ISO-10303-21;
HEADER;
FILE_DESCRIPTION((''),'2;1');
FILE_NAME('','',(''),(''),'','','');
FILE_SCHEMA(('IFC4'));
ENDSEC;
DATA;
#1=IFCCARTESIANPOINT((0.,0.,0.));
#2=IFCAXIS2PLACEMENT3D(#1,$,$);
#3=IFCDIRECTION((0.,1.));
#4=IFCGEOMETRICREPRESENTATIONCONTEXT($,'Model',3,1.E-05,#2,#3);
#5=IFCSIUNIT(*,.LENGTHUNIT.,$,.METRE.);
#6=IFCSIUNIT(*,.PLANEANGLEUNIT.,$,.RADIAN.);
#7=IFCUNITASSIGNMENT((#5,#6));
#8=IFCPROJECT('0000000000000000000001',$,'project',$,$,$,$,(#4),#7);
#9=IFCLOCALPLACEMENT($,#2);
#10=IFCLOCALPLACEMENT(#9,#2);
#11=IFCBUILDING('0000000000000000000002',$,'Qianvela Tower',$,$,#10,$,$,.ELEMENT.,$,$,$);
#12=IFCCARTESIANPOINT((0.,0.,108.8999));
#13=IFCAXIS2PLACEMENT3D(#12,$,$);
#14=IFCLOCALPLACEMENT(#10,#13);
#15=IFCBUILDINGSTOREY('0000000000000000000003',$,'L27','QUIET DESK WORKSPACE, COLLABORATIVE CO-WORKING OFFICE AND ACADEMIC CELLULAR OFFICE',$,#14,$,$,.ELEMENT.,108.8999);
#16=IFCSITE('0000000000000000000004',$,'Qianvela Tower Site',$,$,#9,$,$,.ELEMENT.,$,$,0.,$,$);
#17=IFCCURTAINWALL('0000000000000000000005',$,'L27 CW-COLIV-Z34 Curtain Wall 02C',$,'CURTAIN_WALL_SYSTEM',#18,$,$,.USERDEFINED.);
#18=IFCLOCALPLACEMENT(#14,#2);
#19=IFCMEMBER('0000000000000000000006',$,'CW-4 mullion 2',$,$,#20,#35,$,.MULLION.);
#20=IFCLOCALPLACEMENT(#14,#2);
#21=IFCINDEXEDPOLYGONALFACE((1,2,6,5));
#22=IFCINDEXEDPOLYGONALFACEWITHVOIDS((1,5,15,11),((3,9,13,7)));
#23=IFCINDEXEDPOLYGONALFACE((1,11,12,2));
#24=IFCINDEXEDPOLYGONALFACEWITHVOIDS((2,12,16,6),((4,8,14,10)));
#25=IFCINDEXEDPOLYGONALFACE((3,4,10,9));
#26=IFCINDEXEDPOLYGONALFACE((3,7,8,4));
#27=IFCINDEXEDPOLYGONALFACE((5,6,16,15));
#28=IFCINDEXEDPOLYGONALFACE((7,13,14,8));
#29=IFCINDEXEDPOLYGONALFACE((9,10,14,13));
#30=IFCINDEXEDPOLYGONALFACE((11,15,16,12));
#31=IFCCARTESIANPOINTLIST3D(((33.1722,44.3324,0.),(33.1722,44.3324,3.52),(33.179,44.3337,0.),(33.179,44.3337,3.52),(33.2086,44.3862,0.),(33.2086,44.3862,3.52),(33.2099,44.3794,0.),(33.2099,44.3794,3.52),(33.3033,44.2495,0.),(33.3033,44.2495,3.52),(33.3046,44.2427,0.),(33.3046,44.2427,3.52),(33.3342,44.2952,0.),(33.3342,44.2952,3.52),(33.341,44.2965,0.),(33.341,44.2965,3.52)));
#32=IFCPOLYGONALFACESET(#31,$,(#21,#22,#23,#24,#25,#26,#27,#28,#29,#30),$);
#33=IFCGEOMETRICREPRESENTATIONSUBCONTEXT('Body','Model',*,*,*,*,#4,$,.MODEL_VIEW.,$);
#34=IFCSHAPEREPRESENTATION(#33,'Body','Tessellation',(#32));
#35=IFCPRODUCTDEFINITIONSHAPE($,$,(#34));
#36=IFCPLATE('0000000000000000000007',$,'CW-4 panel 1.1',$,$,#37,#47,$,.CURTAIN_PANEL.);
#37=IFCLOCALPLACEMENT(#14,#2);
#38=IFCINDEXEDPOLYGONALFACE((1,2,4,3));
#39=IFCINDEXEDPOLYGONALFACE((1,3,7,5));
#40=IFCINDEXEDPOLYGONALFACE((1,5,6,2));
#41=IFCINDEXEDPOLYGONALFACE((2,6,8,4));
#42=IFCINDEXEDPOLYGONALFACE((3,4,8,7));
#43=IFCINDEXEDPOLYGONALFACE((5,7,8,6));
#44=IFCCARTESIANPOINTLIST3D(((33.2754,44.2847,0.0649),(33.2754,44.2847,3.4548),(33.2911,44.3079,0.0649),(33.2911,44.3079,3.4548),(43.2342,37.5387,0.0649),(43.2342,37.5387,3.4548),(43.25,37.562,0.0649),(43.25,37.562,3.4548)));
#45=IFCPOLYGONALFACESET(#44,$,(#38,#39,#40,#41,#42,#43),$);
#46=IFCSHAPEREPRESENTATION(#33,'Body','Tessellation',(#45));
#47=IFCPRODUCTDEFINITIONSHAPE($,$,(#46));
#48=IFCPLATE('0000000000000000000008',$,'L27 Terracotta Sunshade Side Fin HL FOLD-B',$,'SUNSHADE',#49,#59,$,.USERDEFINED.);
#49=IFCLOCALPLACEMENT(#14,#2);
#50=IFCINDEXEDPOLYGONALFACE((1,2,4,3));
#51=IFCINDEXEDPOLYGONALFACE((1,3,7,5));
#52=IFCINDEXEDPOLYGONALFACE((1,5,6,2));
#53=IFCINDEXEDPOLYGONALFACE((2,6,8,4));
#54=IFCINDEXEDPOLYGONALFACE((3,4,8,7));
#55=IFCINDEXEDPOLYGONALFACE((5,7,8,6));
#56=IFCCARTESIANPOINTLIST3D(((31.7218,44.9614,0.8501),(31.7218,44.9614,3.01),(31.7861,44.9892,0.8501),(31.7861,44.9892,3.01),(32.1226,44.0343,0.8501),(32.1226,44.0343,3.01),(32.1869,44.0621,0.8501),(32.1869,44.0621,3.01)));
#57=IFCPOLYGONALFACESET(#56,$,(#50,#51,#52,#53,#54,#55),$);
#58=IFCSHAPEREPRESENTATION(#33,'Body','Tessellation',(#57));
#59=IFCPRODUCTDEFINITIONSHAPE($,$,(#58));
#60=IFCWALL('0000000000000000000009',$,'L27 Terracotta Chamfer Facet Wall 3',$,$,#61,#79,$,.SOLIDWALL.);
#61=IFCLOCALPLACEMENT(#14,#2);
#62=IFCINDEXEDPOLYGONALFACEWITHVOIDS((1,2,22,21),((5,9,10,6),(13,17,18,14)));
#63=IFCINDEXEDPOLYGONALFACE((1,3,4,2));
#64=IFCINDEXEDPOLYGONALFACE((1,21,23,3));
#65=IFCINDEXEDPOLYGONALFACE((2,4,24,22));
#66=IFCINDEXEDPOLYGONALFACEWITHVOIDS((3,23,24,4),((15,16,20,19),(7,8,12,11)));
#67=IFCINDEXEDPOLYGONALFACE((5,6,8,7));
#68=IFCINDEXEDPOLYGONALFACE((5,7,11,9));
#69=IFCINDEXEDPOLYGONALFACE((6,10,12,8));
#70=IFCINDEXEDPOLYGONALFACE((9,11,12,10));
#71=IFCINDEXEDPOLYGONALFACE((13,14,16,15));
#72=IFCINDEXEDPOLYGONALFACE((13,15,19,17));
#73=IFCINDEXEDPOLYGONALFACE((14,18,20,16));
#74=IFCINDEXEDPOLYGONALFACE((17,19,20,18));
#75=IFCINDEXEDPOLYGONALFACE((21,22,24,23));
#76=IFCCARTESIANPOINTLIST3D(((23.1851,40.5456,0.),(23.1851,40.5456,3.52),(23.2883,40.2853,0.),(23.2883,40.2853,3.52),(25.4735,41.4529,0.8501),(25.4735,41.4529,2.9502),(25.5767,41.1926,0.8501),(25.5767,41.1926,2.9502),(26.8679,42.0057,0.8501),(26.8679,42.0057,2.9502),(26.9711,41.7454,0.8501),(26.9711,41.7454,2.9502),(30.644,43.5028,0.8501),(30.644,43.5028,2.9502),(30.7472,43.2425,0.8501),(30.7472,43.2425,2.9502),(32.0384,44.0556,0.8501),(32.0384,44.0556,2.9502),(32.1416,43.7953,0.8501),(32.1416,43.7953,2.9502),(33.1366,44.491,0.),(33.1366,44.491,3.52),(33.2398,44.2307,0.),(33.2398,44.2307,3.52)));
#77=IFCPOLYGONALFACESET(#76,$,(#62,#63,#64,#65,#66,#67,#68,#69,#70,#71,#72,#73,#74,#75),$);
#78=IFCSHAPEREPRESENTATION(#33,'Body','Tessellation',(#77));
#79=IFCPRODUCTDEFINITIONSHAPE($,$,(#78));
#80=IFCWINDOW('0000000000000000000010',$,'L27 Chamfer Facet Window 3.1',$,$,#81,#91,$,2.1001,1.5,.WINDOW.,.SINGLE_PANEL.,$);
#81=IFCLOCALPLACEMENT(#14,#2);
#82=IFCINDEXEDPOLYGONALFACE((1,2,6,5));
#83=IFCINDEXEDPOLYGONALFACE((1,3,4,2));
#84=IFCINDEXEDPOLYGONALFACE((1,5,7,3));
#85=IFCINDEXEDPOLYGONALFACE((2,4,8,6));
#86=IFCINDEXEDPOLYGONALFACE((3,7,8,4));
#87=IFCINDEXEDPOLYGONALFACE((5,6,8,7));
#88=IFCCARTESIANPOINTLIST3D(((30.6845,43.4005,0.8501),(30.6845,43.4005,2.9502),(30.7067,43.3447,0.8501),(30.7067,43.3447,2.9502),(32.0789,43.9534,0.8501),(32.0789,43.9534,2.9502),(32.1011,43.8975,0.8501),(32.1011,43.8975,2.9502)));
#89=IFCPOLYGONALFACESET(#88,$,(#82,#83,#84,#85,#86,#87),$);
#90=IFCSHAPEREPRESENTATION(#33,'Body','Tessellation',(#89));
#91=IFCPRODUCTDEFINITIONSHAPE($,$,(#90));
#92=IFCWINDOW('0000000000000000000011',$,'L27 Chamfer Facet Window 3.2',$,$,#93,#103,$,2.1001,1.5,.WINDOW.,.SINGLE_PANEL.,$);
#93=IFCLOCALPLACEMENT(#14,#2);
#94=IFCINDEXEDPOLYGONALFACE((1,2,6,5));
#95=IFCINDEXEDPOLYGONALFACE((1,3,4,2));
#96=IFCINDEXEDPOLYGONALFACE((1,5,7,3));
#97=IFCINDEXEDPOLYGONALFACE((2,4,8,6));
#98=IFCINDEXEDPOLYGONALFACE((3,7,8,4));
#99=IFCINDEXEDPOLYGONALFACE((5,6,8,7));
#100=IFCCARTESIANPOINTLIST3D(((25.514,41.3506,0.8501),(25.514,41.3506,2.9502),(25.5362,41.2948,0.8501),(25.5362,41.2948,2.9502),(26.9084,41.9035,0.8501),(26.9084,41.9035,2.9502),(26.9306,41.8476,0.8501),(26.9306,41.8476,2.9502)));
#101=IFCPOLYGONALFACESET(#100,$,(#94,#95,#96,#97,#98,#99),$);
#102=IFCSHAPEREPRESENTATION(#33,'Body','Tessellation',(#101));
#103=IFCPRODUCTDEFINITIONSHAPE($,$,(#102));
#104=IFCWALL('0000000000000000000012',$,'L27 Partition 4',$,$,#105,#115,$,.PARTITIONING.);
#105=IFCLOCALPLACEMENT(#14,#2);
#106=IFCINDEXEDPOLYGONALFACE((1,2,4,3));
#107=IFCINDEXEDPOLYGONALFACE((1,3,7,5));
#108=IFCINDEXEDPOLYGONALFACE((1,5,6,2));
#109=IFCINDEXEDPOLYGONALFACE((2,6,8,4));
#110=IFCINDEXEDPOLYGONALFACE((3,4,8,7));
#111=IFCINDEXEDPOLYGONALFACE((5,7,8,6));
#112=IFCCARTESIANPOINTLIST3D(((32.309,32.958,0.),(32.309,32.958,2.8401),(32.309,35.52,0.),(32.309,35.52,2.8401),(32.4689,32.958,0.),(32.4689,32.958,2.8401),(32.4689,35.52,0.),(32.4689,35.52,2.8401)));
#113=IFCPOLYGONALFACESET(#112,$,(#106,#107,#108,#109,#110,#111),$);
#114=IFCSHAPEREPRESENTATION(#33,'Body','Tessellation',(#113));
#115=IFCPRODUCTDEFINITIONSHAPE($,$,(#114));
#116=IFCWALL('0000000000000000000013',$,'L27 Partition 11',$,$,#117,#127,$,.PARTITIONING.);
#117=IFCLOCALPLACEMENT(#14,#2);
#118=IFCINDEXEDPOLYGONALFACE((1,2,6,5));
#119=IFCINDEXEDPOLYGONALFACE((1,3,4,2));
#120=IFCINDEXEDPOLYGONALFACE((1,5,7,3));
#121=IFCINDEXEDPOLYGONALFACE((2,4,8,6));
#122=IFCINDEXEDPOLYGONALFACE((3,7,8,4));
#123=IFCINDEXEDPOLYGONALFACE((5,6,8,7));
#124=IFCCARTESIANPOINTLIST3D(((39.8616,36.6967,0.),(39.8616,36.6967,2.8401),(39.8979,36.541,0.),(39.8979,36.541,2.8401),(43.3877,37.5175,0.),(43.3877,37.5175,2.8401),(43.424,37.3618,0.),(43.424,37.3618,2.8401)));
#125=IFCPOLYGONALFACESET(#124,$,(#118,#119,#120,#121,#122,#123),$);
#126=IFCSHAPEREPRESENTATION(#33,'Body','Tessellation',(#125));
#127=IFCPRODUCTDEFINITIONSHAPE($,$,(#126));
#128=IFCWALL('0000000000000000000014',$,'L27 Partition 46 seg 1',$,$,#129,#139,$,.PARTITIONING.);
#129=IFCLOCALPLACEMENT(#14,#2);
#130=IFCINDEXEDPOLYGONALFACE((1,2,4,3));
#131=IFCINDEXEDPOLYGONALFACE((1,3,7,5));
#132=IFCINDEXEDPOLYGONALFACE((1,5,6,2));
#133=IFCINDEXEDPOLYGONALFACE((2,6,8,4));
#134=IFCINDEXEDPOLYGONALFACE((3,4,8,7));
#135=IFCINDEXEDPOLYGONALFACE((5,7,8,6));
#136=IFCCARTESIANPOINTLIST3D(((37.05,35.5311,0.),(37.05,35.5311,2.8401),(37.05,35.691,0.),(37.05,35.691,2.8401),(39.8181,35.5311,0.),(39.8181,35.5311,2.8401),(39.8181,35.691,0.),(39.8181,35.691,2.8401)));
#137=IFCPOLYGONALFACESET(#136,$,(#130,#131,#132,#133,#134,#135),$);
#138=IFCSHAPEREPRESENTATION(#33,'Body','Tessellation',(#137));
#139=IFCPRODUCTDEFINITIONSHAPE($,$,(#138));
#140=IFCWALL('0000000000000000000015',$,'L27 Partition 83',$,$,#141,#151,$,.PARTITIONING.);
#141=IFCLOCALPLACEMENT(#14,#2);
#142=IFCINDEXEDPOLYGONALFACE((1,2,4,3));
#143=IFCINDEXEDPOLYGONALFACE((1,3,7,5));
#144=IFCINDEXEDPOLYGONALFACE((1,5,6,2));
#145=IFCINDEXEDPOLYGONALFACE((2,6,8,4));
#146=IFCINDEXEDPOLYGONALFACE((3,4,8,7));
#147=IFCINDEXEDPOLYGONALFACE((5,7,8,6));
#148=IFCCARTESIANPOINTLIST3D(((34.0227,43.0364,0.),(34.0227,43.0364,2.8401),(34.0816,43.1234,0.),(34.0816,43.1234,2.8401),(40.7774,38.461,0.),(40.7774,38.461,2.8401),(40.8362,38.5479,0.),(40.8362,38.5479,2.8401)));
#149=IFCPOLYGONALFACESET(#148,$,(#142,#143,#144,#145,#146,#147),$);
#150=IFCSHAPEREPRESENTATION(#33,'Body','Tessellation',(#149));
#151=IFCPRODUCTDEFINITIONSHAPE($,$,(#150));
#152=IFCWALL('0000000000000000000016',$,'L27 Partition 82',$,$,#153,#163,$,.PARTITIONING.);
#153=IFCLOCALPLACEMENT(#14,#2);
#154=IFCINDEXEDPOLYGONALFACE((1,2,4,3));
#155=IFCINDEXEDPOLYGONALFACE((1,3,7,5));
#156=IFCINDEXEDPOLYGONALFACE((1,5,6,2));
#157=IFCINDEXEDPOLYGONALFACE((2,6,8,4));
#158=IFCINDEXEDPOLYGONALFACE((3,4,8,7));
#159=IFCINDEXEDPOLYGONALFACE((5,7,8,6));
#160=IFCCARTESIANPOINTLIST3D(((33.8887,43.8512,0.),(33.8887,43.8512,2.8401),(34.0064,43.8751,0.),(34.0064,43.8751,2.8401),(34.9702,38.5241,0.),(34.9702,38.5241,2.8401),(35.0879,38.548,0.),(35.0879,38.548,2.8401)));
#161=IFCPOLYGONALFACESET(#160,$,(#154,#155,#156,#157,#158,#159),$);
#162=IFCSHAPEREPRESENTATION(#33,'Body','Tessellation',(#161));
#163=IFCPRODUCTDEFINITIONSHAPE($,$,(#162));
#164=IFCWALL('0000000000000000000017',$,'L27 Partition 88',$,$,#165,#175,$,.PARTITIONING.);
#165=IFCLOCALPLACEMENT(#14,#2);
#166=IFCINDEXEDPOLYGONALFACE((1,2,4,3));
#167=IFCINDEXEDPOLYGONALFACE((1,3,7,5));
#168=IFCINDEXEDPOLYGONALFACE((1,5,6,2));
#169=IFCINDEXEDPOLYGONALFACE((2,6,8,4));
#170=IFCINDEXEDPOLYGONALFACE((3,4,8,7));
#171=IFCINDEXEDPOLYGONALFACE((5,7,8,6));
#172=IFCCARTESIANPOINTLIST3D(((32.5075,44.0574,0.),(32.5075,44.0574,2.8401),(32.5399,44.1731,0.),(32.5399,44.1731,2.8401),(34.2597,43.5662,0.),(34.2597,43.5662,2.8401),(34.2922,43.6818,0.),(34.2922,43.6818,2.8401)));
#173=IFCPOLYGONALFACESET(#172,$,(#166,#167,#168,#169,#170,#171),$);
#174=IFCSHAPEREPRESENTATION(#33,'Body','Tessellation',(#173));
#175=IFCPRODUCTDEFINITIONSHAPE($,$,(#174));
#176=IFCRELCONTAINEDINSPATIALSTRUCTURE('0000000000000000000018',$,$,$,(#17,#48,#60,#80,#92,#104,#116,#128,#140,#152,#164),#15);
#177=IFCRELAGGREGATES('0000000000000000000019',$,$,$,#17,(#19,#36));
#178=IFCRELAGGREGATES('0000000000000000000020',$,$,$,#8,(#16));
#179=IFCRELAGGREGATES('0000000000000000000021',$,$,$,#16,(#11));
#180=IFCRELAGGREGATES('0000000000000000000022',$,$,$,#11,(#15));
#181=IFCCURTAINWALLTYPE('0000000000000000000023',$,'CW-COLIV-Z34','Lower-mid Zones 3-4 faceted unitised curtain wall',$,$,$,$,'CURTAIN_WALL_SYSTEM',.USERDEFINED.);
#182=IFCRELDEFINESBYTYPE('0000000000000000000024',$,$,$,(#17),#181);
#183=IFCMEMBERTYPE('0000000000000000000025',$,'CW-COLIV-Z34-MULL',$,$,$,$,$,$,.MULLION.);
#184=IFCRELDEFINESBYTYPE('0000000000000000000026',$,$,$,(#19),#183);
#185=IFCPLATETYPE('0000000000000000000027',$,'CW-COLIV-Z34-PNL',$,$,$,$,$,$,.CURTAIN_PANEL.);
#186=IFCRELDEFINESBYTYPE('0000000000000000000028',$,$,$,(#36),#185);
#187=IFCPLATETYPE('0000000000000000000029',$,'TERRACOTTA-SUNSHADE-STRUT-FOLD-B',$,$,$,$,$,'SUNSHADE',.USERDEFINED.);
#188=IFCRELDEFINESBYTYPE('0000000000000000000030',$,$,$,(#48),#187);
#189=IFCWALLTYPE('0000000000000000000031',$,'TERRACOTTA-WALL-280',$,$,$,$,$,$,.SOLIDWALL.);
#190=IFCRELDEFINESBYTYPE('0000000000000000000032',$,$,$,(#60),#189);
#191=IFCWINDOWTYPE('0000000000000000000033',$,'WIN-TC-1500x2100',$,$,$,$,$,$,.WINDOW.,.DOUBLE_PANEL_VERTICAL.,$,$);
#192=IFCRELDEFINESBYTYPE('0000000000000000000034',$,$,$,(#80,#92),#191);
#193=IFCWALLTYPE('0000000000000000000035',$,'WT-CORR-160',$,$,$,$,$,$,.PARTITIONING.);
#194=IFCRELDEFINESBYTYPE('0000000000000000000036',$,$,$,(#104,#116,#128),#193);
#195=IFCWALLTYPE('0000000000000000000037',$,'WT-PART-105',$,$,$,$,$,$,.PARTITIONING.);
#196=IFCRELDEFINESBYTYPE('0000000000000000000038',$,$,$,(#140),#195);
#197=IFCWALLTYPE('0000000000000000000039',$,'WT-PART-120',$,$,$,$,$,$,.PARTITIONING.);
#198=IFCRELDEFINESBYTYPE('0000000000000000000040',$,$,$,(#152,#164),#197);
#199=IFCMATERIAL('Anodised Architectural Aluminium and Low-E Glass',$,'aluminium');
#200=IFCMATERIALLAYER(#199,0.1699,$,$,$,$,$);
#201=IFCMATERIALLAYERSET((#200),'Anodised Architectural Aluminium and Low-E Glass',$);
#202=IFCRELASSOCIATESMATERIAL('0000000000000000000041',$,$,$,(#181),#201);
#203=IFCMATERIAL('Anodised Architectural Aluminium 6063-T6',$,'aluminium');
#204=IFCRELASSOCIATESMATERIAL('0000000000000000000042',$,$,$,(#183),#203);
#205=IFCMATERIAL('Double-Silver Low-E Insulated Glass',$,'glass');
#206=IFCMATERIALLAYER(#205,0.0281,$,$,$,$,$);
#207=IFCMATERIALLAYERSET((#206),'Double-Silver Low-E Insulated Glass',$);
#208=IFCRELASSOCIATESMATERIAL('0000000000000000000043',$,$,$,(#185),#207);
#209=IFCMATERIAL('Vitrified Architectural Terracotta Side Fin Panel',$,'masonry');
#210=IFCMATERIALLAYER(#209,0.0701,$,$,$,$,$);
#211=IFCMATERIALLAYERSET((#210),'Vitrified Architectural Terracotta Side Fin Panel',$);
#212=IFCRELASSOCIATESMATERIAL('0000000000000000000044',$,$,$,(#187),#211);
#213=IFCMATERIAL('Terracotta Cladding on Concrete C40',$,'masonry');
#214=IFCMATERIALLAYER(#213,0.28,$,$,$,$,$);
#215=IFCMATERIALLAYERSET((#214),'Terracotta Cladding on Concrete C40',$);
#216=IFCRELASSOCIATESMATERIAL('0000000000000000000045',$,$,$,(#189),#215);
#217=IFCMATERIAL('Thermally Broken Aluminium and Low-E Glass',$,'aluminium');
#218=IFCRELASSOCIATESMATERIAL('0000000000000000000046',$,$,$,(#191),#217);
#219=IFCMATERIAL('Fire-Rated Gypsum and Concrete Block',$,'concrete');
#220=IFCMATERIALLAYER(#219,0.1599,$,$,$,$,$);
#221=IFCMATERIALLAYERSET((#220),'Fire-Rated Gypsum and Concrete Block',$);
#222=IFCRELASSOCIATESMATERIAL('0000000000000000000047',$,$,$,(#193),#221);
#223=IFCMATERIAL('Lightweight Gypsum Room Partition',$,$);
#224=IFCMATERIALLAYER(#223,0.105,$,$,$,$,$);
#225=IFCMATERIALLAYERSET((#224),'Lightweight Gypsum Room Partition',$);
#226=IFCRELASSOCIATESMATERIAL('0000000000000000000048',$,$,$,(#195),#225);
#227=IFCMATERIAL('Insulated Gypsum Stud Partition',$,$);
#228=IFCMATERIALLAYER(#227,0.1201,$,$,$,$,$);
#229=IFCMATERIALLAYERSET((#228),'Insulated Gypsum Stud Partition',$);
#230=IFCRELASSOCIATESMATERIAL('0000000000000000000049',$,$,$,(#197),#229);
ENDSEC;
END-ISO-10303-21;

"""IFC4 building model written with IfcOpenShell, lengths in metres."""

from ifc_helpers import new_model, si_unit, direction, frame, frame_2d, origin, origin_2d, place, context, subcontext, project, spatial, rectangle, hollow_rectangle, extrude, material, layer, layer_set, material_profile, profile_set, type_object, element, fill, aggregate, save


model = new_model("IFC4")

# Units and contexts
model_context = context("Model", 3, precision=1e-05, world=origin(), true_north=direction((0.0, 1.0)))
body_context = subcontext(model_context, "Body", "Model", "MODEL_VIEW")
ifc_project = project(units=[si_unit("LENGTHUNIT", "METRE"), si_unit("PLANEANGLEUNIT", "RADIAN")], contexts=[model_context])

# Site, building, storey
site_placement = place(None, origin())
site = spatial("IfcSite", under=ifc_project, at=site_placement, Name="Qianvela Tower Site", CompositionType="ELEMENT", RefElevation=0.0)
building_placement = place(site_placement, origin())
building = spatial("IfcBuilding", under=site, at=building_placement, Name="Qianvela Tower", CompositionType="ELEMENT")
storey_placement = place(building_placement, frame((0.0, 0.0, 108.8999)))
storey = spatial("IfcBuildingStorey", under=building, at=storey_placement, Name="L27", Description="QUIET DESK WORKSPACE, COLLABORATIVE CO-WORKING OFFICE AND ACADEMIC CELLULAR OFFICE", CompositionType="ELEMENT", Elevation=108.8999)

# Curtain wall, member, plate
ifc_material_1 = material(Name="Anodised Architectural Aluminium and Low-E Glass", Category="aluminium")
ifc_layer_1 = layer(ifc_material_1, 0.1699)
ifc_layer_set_1 = layer_set([ifc_layer_1], Name="Anodised Architectural Aluminium and Low-E Glass")
curtain_wall_type = type_object("IfcCurtainWallType", Name="CW-COLIV-Z34", Description="Lower-mid Zones 3-4 faceted unitised curtain wall", ElementType="CURTAIN_WALL_SYSTEM", PredefinedType="USERDEFINED", material=ifc_layer_set_1)
curtain_wall_placement = place(storey_placement, origin())
curtain_wall = element("IfcCurtainWall", 1, at=curtain_wall_placement, inside=storey, type_object=curtain_wall_type, Name="L27 CW-COLIV-Z34 Curtain Wall 02C", ObjectType="CURTAIN_WALL_SYSTEM", PredefinedType="USERDEFINED")
ifc_material_2 = material(Name="Anodised Architectural Aluminium 6063-T6", Category="aluminium")
ifc_material_profile = material_profile(ifc_material_2, hollow_rectangle(XDim=0.0649, YDim=0.1599, WallThickness=0.0049, at=origin_2d()), Name="ALU-MULL-65x160")
ifc_profile_set = profile_set([ifc_material_profile], Name="Anodised Architectural Aluminium 6063-T6")
member_type = type_object("IfcMemberType", Name="CW-COLIV-Z34-MULL", PredefinedType="MULLION", material=ifc_profile_set)
member_placement = place(storey_placement, frame((33.2566, 44.3145, 0.0), z_axis=(0.0, 0.0, 1.0), x_axis=(-0.560827, -0.827933, 0.0)))
member = element("IfcMember", 2, at=member_placement, type_object=member_type, Name="CW-4 mullion 2", PredefinedType="MULLION", context=body_context, shape_type="SweptSolid", body=[
    extrude(hollow_rectangle(XDim=0.0649, YDim=0.1599, WallThickness=0.0049, at=origin_2d()), origin(), (0.0, 0.0, 1.0), 3.52),
])
ifc_material_3 = material(Name="Double-Silver Low-E Insulated Glass", Category="glass")
ifc_layer_2 = layer(ifc_material_3, 0.0281)
ifc_layer_set_2 = layer_set([ifc_layer_2], Name="Double-Silver Low-E Insulated Glass")
plate_type_1 = type_object("IfcPlateType", Name="CW-COLIV-Z34-PNL", PredefinedType="CURTAIN_PANEL", material=ifc_layer_set_2)
plate_1_placement = place(storey_placement, frame((38.2627, 40.9233, 0.0649), z_axis=(0.0, 0.0, 1.0), x_axis=(-0.827933, 0.560827, 0.0)))
plate_1 = element("IfcPlate", 3, at=plate_1_placement, type_object=plate_type_1, Name="CW-4 panel 1.1", PredefinedType="CURTAIN_PANEL", context=body_context, shape_type="SweptSolid", body=[
    extrude(rectangle(XDim=12.0286, YDim=0.0281, at=origin_2d()), origin(), (0.0, 0.0, 1.0), 3.3899),
])
aggregate(curtain_wall, [member, plate_1])

# Plate
ifc_material_4 = material(Name="Vitrified Architectural Terracotta Side Fin Panel", Category="masonry")
ifc_layer_3 = layer(ifc_material_4, 0.0701)
ifc_layer_set_3 = layer_set([ifc_layer_3], Name="Vitrified Architectural Terracotta Side Fin Panel")
plate_type_2 = type_object("IfcPlateType", Name="TERRACOTTA-SUNSHADE-STRUT-FOLD-B", ElementType="SUNSHADE", PredefinedType="USERDEFINED", material=ifc_layer_set_3)
plate_2_placement = place(storey_placement, frame((31.9543, 44.5117, 0.8501), z_axis=(0.0, 0.0, 1.0), x_axis=(-0.917922, -0.396762, 0.0)))
element("IfcPlate", 4, at=plate_2_placement, inside=storey, type_object=plate_type_2, Name="L27 Terracotta Sunshade Side Fin HL FOLD-B", ObjectType="SUNSHADE", PredefinedType="USERDEFINED", context=body_context, shape_type="SweptSolid", body=[
    extrude(rectangle(XDim=0.0701, YDim=1.01, at=origin_2d()), origin(), (0.0, 0.0, 1.0), 2.1599),
])

# Wall, openings, windows
ifc_material_5 = material(Name="Terracotta Cladding on Concrete C40", Category="masonry")
ifc_layer_4 = layer(ifc_material_5, 0.28)
ifc_layer_set_4 = layer_set([ifc_layer_4], Name="Terracotta Cladding on Concrete C40")
wall_type_1 = type_object("IfcWallType", Name="TERRACOTTA-WALL-280", PredefinedType="SOLIDWALL", material=ifc_layer_set_4)
wall_1_placement = place(storey_placement, frame((33.1882, 44.3608, 0.0), z_axis=(0.0, 0.0, 1.0), x_axis=(-0.929608, -0.36855, 0.0)))
wall_1 = element("IfcWall", 5, at=wall_1_placement, inside=storey, type_object=wall_type_1, Name="L27 Terracotta Chamfer Facet Wall 3", PredefinedType="SOLIDWALL", context=body_context, shape_type="SweptSolid", body=[
    extrude(rectangle(XDim=10.7051, YDim=0.28, at=frame_2d((5.3525, 0.0))), origin(), (0.0, 0.0, 1.0), 3.52),
])
opening_1_placement = place(wall_1_placement, frame((1.1814, 0.0, 0.8501)))
opening_1 = element("IfcOpeningElement", 6, at=opening_1_placement, cuts=wall_1, PredefinedType="OPENING", context=body_context, shape_type="SweptSolid", body=[
    extrude(rectangle(XDim=1.5, YDim=2.1001, at=frame_2d((0.75, 1.05))), frame((0.0, 0.1499, 0.0), z_axis=(0.0, -1.0, 0.0), x_axis=(1.0, 0.0, 0.0)), (0.0, 0.0, 1.0), 0.3),
])
opening_2_placement = place(wall_1_placement, frame((6.7434, 0.0, 0.8501)))
opening_2 = element("IfcOpeningElement", 7, at=opening_2_placement, cuts=wall_1, PredefinedType="OPENING", context=body_context, shape_type="SweptSolid", body=[
    extrude(rectangle(XDim=1.5, YDim=2.1001, at=frame_2d((0.75, 1.05))), frame((0.0, 0.1499, 0.0), z_axis=(0.0, -1.0, 0.0), x_axis=(1.0, 0.0, 0.0)), (0.0, 0.0, 1.0), 0.3),
])
ifc_material_6 = material(Name="Thermally Broken Aluminium and Low-E Glass", Category="aluminium")
window_type = type_object("IfcWindowType", Name="WIN-TC-1500x2100", PartitioningType="DOUBLE_PANEL_VERTICAL", PredefinedType="WINDOW", material=ifc_material_6)
window_1_placement = place(opening_1_placement, origin())
window_1 = element("IfcWindow", 8, at=window_1_placement, inside=storey, type_object=window_type, Name="L27 Chamfer Facet Window 3.1", OverallHeight=2.1001, OverallWidth=1.5, PartitioningType="SINGLE_PANEL", PredefinedType="WINDOW", context=body_context, shape_type="SweptSolid", body=[
    extrude(rectangle(XDim=1.5, YDim=2.1001, at=frame_2d((0.75, 1.05))), frame((0.0, 0.03, 0.0), z_axis=(0.0, -1.0, 0.0), x_axis=(1.0, 0.0, 0.0)), (0.0, 0.0, 1.0), 0.0601),
])
fill(opening_1, window_1)
window_2_placement = place(opening_2_placement, origin())
window_2 = element("IfcWindow", 9, at=window_2_placement, inside=storey, type_object=window_type, Name="L27 Chamfer Facet Window 3.2", OverallHeight=2.1001, OverallWidth=1.5, PartitioningType="SINGLE_PANEL", PredefinedType="WINDOW", context=body_context, shape_type="SweptSolid", body=[
    extrude(rectangle(XDim=1.5, YDim=2.1001, at=frame_2d((0.75, 1.05))), frame((0.0, 0.03, 0.0), z_axis=(0.0, -1.0, 0.0), x_axis=(1.0, 0.0, 0.0)), (0.0, 0.0, 1.0), 0.0601),
])
fill(opening_2, window_2)

# Walls
ifc_material_7 = material(Name="Fire-Rated Gypsum and Concrete Block", Category="concrete")
ifc_layer_5 = layer(ifc_material_7, 0.1599)
ifc_layer_set_5 = layer_set([ifc_layer_5], Name="Fire-Rated Gypsum and Concrete Block")
wall_type_2 = type_object("IfcWallType", Name="WT-CORR-160", PredefinedType="PARTITIONING", material=ifc_layer_set_5)
wall_2_placement = place(storey_placement, frame((32.3889, 35.52, 0.0), z_axis=(0.0, 0.0, 1.0), x_axis=(0.0, -1.0, 0.0)))
element("IfcWall", 10, at=wall_2_placement, inside=storey, type_object=wall_type_2, Name="L27 Partition 4", PredefinedType="PARTITIONING", context=body_context, shape_type="SweptSolid", body=[
    extrude(rectangle(XDim=2.562, YDim=0.1599, at=frame_2d((1.281, 0.0))), origin(), (0.0, 0.0, 1.0), 2.8401),
])
wall_3_placement = place(storey_placement, frame((39.8799, 36.6189, 0.0), z_axis=(0.0, 0.0, 1.0), x_axis=(0.973961, 0.226716, 0.0)))
element("IfcWall", 11, at=wall_3_placement, inside=storey, type_object=wall_type_2, Name="L27 Partition 11", PredefinedType="PARTITIONING", context=body_context, shape_type="SweptSolid", body=[
    extrude(rectangle(XDim=3.6204, YDim=0.1599, at=frame_2d((1.8101, 0.0))), origin(), (0.0, 0.0, 1.0), 2.8401),
])
wall_4_placement = place(storey_placement, frame((39.8181, 35.6111, 0.0), z_axis=(0.0, 0.0, 1.0), x_axis=(-1.0, 0.0, 0.0)))
element("IfcWall", 12, at=wall_4_placement, inside=storey, type_object=wall_type_2, Name="L27 Partition 46 seg 1", PredefinedType="PARTITIONING", context=body_context, shape_type="SweptSolid", body=[
    extrude(rectangle(XDim=2.7681, YDim=0.1599, at=frame_2d((1.384, 0.0))), origin(), (0.0, 0.0, 1.0), 2.8401),
])
ifc_material_8 = material(Name="Lightweight Gypsum Room Partition")
ifc_layer_6 = layer(ifc_material_8, 0.105)
ifc_layer_set_6 = layer_set([ifc_layer_6], Name="Lightweight Gypsum Room Partition")
wall_type_3 = type_object("IfcWallType", Name="WT-PART-105", PredefinedType="PARTITIONING", material=ifc_layer_set_6)
wall_5_placement = place(storey_placement, frame((34.0522, 43.0798, 0.0), z_axis=(0.0, 0.0, 1.0), x_axis=(0.827935, -0.560824, 0.0)))
element("IfcWall", 13, at=wall_5_placement, inside=storey, type_object=wall_type_3, Name="L27 Partition 83", PredefinedType="PARTITIONING", context=body_context, shape_type="SweptSolid", body=[
    extrude(rectangle(XDim=8.1584, YDim=0.105, at=frame_2d((4.0791, 0.0))), origin(), (0.0, 0.0, 1.0), 2.8401),
])
ifc_material_9 = material(Name="Insulated Gypsum Stud Partition")
ifc_layer_7 = layer(ifc_material_9, 0.1201)
ifc_layer_set_7 = layer_set([ifc_layer_7], Name="Insulated Gypsum Stud Partition")
wall_type_4 = type_object("IfcWallType", Name="WT-PART-120", PredefinedType="PARTITIONING", material=ifc_layer_set_7)
wall_6_placement = place(storey_placement, frame((35.0291, 38.5361, 0.0), z_axis=(0.0, 0.0, 1.0), x_axis=(-0.198966, 0.980006, 0.0)))
element("IfcWall", 14, at=wall_6_placement, inside=storey, type_object=wall_type_4, Name="L27 Partition 82", PredefinedType="PARTITIONING", context=body_context, shape_type="SweptSolid", body=[
    extrude(rectangle(XDim=5.4358, YDim=0.1201, at=frame_2d((2.7178, 0.0))), origin(), (0.0, 0.0, 1.0), 2.8401),
])
wall_7_placement = place(storey_placement, frame((32.5237, 44.1152, 0.0), z_axis=(0.0, 0.0, 1.0), x_axis=(0.962879, -0.269933, 0.0)))
element("IfcWall", 15, at=wall_7_placement, inside=storey, type_object=wall_type_4, Name="L27 Partition 88", PredefinedType="PARTITIONING", context=body_context, shape_type="SweptSolid", body=[
    extrude(rectangle(XDim=1.8198, YDim=0.1201, at=frame_2d((0.9099, 0.0))), origin(), (0.0, 0.0, 1.0), 2.8401),
])

save(model, "model.ifc")
